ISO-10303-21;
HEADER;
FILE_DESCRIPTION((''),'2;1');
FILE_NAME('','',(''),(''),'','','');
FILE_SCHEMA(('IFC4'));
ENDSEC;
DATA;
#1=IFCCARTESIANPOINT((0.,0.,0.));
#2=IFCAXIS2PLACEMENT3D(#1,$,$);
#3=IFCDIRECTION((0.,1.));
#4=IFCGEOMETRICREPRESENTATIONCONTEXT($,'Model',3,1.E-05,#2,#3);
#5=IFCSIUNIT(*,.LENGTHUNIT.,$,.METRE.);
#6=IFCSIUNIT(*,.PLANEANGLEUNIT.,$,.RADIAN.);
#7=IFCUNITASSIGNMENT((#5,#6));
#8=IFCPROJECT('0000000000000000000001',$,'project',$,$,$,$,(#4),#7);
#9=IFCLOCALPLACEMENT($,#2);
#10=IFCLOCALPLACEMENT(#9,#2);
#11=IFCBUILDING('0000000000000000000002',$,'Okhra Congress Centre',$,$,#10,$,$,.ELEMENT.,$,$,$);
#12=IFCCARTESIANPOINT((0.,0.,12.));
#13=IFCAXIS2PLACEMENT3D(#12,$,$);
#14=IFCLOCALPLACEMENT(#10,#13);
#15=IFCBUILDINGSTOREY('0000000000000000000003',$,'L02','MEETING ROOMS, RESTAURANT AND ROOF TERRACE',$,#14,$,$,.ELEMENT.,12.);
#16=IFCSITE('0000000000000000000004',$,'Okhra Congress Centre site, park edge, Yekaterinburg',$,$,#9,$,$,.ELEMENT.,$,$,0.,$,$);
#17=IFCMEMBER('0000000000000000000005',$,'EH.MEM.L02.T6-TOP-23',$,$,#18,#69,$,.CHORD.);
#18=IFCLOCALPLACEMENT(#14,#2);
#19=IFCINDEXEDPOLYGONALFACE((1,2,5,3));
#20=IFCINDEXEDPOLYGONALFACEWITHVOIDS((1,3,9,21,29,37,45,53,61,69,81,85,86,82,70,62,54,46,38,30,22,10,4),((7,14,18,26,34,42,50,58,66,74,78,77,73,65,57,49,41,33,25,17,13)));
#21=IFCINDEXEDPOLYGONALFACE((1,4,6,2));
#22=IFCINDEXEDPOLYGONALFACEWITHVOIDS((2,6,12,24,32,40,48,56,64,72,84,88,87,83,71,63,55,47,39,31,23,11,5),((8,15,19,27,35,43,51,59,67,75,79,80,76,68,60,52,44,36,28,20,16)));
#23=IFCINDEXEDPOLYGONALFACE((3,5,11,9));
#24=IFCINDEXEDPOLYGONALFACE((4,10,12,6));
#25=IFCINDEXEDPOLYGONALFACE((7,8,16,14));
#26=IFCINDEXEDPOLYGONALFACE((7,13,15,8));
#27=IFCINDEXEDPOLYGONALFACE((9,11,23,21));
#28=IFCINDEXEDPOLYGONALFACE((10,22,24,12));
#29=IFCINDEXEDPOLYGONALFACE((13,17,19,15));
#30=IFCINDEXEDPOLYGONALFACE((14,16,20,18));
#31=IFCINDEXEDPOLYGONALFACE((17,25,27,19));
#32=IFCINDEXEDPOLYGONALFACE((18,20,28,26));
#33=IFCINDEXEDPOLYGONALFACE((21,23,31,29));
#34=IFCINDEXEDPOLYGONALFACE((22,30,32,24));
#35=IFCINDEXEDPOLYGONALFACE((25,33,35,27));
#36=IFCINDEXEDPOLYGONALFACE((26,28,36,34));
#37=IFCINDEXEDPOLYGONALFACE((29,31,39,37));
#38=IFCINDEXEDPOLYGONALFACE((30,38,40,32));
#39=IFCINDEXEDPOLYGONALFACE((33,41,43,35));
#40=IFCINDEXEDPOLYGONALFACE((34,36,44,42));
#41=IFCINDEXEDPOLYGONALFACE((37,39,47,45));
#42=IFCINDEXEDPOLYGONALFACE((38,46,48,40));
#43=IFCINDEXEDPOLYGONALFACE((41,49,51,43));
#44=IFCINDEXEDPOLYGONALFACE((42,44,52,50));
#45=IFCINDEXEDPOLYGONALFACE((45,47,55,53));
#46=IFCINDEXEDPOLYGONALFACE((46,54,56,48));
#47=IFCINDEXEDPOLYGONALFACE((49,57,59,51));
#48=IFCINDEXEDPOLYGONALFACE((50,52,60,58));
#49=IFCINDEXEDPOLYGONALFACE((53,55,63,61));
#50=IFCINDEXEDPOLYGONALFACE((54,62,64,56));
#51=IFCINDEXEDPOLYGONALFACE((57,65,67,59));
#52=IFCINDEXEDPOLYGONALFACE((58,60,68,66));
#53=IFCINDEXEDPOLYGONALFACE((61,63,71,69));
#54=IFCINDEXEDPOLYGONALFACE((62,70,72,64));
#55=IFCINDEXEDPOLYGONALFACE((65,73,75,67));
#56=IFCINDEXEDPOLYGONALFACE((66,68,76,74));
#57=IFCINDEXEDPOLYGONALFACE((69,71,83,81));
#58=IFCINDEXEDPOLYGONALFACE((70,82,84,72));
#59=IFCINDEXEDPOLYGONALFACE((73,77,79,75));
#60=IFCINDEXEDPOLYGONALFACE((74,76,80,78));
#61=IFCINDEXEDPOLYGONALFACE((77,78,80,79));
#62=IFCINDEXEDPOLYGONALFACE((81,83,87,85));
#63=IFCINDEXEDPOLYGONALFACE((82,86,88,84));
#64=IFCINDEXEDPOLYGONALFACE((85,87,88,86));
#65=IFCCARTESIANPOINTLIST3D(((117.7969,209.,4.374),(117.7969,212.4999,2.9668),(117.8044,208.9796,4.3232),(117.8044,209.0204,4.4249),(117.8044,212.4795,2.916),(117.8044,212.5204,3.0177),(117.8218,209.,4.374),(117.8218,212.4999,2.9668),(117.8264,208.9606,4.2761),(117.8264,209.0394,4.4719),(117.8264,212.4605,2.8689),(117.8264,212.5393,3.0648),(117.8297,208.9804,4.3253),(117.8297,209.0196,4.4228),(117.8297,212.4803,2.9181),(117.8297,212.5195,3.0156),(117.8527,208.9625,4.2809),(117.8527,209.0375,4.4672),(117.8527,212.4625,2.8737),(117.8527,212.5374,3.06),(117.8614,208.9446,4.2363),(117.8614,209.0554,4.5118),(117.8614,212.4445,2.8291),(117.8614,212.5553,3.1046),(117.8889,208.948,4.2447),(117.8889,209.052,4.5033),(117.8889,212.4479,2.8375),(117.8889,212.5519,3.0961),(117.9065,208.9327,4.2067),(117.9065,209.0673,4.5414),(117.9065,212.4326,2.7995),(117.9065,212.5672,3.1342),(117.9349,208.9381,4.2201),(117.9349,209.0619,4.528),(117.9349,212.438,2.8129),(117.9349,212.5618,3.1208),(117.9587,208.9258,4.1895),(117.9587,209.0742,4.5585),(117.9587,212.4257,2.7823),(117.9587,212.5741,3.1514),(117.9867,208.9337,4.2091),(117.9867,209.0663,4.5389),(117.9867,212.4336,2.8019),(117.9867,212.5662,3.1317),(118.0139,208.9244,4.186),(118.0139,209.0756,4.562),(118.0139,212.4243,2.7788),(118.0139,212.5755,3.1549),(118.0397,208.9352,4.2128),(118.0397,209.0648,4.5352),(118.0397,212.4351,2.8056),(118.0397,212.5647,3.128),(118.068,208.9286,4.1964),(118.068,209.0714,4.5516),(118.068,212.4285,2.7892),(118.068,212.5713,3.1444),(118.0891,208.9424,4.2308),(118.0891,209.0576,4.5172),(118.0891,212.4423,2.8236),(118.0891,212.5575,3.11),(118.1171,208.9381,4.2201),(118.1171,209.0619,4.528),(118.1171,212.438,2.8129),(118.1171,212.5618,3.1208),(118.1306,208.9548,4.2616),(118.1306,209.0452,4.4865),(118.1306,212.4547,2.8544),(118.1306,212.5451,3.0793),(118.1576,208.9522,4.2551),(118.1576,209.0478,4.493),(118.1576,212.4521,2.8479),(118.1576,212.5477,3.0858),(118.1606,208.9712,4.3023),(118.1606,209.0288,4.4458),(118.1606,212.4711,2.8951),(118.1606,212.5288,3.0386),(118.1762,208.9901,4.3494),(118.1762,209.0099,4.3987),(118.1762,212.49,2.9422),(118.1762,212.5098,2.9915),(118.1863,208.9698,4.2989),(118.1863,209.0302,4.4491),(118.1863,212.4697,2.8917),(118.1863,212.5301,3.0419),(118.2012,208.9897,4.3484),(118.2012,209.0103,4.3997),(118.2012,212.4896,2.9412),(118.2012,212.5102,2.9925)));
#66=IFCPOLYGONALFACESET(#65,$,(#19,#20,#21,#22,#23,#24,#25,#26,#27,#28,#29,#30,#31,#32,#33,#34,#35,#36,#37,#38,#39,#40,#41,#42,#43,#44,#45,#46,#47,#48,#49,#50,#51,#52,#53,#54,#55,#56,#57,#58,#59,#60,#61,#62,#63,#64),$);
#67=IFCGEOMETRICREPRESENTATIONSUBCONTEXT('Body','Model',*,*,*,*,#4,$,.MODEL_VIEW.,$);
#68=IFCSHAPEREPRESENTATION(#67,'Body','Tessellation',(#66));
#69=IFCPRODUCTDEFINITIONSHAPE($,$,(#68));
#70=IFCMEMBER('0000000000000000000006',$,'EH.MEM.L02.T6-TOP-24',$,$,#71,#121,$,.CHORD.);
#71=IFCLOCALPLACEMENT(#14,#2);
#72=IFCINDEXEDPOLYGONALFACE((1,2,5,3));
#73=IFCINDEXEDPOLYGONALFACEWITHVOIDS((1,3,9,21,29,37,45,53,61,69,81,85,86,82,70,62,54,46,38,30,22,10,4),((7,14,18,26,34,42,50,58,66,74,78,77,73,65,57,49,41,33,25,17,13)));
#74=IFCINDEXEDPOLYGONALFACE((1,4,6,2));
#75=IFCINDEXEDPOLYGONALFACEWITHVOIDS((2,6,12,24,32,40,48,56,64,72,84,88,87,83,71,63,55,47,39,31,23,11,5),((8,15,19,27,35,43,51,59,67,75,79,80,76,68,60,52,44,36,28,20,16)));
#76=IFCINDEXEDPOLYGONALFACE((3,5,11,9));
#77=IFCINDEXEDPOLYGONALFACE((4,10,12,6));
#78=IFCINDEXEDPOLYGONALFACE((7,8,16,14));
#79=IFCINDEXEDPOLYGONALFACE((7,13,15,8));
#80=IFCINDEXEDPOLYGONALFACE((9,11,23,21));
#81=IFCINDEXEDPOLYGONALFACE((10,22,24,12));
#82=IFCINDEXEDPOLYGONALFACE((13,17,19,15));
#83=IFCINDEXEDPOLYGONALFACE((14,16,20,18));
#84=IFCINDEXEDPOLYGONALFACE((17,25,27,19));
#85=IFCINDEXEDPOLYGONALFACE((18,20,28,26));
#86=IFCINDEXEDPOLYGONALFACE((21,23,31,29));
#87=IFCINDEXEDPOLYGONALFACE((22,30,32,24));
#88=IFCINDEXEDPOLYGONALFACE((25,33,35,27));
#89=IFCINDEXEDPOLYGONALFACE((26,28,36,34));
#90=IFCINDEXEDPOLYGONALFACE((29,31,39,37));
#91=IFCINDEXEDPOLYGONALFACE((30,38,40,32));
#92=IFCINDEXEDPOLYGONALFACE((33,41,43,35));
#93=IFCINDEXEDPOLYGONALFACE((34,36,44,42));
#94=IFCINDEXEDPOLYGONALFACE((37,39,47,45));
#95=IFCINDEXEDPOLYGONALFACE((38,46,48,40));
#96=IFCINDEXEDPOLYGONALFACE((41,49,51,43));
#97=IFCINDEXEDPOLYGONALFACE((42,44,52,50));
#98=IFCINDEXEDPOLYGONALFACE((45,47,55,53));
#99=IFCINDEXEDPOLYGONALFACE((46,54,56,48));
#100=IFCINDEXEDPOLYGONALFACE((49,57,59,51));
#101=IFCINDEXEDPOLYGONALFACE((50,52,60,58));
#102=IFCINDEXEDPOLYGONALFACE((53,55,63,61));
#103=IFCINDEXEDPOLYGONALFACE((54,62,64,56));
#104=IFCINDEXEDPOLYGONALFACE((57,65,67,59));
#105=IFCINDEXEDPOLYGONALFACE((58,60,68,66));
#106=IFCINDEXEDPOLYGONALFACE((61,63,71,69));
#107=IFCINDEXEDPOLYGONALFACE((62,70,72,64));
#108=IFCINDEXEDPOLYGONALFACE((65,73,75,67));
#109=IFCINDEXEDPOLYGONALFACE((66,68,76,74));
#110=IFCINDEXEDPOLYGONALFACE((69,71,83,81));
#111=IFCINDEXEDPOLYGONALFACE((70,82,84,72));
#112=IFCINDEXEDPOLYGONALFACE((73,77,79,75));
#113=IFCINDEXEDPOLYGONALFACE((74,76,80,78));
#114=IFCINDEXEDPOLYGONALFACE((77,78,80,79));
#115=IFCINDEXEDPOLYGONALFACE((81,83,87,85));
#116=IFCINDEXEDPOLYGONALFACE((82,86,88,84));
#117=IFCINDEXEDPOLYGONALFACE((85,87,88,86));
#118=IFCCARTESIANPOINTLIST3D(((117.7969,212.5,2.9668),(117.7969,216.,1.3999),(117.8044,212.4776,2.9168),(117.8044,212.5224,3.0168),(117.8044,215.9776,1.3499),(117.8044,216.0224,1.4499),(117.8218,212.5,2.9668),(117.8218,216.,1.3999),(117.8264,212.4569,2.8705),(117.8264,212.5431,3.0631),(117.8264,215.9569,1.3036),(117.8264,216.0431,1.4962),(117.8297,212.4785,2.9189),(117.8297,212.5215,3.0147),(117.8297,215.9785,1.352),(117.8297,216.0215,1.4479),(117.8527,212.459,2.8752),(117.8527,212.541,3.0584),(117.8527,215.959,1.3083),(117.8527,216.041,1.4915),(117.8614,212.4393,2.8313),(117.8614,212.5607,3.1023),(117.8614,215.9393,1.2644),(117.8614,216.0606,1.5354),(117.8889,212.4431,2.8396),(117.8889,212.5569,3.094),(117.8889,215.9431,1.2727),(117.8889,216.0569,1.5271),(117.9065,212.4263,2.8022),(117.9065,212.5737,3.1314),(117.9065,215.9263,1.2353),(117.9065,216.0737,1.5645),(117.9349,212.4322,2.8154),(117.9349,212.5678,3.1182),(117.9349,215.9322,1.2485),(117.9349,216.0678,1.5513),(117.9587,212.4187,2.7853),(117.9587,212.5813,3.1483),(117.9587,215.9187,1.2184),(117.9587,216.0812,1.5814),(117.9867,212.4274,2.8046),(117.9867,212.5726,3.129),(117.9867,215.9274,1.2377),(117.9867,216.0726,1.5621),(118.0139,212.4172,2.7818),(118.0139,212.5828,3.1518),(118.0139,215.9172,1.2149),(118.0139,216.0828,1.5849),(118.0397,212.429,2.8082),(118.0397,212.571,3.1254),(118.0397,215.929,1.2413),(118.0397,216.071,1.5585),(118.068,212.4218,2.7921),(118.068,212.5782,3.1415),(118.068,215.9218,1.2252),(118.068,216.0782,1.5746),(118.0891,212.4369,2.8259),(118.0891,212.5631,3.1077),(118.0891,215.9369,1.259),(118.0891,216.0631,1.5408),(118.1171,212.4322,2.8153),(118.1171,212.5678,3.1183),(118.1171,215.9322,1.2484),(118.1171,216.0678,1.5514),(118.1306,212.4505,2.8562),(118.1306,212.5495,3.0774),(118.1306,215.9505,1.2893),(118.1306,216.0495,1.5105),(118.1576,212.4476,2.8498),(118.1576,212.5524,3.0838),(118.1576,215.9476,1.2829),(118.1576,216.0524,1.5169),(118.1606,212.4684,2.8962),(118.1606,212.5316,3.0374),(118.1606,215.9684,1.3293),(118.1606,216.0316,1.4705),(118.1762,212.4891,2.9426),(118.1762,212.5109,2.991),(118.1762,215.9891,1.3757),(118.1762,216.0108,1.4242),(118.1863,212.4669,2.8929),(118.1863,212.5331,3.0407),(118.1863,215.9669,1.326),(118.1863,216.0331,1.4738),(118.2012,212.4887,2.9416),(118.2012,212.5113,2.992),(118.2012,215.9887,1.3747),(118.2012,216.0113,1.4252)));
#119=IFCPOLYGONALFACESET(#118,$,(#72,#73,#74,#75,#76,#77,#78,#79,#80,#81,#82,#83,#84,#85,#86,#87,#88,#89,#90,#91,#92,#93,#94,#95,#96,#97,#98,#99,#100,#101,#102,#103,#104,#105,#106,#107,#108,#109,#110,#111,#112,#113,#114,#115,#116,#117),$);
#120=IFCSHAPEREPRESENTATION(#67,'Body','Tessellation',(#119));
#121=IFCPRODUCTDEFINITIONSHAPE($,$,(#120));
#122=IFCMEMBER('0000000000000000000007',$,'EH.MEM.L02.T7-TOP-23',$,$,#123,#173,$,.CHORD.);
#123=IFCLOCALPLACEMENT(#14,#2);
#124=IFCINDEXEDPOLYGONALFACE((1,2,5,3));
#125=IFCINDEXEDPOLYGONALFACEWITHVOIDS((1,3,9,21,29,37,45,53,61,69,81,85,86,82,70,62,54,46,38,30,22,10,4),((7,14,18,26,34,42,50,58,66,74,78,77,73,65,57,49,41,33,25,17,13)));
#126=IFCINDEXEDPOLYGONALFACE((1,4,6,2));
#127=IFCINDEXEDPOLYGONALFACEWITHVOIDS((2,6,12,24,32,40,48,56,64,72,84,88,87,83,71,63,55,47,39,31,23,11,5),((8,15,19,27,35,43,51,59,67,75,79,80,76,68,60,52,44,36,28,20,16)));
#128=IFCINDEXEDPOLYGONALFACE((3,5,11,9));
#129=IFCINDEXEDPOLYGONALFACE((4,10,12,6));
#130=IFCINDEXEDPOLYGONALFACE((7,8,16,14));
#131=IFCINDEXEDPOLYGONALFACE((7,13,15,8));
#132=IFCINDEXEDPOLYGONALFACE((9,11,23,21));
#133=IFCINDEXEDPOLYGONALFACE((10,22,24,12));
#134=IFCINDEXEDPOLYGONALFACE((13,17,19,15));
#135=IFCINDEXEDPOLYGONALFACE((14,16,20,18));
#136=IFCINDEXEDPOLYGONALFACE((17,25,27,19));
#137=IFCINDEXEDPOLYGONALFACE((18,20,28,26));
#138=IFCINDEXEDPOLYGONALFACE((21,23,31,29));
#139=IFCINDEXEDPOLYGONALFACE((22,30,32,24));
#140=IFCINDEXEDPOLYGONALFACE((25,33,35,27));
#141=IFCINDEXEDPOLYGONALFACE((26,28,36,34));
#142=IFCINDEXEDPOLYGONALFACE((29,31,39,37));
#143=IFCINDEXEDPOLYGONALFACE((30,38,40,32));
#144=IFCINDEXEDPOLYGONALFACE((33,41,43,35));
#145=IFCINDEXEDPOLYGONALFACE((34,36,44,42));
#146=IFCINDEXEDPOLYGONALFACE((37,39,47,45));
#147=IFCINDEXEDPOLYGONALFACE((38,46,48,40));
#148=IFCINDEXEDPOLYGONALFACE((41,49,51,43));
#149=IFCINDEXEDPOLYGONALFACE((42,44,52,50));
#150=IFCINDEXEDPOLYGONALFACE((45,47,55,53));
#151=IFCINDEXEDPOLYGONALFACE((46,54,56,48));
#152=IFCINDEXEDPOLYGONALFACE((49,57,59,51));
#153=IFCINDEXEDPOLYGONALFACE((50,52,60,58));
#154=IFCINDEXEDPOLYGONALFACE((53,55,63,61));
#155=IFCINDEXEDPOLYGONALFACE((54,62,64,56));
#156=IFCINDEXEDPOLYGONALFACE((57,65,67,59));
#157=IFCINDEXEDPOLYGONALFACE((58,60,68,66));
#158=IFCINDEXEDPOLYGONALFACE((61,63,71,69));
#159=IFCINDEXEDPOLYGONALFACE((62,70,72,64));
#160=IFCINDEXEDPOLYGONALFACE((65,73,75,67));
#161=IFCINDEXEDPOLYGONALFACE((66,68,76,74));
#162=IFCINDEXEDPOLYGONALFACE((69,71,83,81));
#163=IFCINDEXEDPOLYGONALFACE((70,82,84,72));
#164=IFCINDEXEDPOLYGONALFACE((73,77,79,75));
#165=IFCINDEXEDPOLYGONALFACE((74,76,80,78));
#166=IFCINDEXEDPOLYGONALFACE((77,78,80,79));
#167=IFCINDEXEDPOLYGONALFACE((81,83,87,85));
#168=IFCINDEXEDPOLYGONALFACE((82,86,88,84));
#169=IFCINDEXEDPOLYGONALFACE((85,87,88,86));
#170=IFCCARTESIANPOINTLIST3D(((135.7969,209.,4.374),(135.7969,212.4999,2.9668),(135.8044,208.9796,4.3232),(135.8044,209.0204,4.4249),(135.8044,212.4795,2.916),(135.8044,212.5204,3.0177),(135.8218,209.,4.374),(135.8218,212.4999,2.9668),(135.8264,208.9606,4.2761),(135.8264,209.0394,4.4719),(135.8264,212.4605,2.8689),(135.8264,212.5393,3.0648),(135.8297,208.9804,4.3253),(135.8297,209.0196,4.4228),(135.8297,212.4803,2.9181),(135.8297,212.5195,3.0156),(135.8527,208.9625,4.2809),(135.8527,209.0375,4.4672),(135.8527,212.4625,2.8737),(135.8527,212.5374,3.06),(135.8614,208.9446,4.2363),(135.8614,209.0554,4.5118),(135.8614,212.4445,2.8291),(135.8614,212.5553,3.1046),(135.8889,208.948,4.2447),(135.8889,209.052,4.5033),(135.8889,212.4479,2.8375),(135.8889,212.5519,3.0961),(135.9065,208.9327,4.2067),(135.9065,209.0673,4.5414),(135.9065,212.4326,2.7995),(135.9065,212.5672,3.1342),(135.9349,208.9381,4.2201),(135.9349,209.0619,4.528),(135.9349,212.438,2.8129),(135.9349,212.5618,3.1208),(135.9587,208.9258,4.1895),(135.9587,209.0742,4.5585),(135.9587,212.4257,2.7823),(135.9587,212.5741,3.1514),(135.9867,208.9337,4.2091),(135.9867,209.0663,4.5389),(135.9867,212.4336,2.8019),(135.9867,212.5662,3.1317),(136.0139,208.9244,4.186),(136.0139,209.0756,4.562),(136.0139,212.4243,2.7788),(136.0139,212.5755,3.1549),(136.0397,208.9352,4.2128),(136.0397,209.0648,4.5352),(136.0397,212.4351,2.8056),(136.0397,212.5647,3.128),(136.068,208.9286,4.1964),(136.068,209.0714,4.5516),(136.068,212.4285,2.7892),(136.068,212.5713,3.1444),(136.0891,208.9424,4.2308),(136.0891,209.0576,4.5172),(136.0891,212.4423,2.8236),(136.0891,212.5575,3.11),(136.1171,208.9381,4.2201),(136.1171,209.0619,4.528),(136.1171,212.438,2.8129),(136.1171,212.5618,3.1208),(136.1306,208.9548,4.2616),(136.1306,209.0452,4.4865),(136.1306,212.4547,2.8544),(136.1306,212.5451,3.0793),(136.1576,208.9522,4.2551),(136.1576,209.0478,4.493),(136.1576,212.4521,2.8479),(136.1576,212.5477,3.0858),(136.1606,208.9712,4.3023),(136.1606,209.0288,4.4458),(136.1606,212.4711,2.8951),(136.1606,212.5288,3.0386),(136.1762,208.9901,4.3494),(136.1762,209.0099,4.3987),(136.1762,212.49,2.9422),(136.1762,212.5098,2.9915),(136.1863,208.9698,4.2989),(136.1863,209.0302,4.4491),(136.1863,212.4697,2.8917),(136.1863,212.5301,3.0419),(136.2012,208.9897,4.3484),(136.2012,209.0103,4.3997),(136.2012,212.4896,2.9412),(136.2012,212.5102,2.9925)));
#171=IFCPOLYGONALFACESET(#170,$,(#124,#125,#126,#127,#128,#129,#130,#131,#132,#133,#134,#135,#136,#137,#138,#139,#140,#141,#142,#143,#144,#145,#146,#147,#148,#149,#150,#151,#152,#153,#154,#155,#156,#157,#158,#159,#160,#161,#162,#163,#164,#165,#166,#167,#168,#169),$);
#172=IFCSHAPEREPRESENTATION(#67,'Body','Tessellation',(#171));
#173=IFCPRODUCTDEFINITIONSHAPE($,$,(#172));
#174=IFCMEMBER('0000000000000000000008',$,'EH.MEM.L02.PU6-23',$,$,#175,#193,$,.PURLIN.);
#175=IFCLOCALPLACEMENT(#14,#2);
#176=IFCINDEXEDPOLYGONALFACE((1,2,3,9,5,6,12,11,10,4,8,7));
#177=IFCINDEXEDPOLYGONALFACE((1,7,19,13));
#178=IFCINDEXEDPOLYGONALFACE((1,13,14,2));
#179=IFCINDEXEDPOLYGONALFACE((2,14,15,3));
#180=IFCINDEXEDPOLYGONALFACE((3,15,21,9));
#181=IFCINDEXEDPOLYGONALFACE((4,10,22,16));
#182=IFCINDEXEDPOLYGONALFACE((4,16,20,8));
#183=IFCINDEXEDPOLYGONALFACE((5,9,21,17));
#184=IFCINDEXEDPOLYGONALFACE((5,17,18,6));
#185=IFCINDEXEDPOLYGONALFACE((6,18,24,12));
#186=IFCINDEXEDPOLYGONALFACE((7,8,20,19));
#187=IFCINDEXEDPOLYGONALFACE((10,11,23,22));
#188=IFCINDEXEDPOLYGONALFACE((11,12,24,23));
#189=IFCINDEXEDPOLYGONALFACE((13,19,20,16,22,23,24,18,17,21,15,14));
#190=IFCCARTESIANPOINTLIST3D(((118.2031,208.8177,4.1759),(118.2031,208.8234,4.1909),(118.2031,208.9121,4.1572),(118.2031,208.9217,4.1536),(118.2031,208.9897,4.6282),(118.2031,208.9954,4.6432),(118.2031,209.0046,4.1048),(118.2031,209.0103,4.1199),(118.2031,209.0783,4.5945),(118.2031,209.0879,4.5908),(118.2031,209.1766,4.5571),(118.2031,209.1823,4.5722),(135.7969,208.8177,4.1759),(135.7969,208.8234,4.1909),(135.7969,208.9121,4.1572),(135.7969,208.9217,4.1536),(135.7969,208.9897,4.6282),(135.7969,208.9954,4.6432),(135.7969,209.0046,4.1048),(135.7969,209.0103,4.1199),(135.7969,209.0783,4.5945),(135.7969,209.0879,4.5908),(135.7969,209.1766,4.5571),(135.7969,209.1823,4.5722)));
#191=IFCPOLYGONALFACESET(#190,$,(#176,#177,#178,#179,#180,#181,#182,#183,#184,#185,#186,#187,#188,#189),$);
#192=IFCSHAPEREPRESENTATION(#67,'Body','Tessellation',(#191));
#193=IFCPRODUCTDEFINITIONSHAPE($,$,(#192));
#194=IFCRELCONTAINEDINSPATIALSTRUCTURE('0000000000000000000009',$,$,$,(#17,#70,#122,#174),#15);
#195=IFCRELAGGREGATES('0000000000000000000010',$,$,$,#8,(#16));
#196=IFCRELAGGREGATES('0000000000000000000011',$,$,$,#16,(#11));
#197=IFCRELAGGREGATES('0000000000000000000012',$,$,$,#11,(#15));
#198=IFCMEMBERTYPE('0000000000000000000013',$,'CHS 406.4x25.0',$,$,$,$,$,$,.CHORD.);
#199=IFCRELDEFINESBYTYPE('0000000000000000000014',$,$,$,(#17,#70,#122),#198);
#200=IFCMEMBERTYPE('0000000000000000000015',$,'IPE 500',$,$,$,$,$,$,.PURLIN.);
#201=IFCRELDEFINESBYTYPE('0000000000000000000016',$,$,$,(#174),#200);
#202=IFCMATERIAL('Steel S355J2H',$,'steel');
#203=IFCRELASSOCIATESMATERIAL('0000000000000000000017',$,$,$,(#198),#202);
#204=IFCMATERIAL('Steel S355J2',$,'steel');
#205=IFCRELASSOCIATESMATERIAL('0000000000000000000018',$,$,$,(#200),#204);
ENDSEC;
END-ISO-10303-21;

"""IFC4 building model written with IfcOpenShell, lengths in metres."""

from ifc_helpers import new_model, si_unit, direction, frame, origin, origin_2d, place, context, subcontext, project, spatial, hollow_circle, i_section, extrude, material, material_profile, profile_set, type_object, element, save


model = new_model("IFC4")

# Units and contexts
model_context = context("Model", 3, precision=1e-05, world=origin(), true_north=direction((0.0, 1.0)))
body_context = subcontext(model_context, "Body", "Model", "MODEL_VIEW")
ifc_project = project(units=[si_unit("LENGTHUNIT", "METRE"), si_unit("PLANEANGLEUNIT", "RADIAN")], contexts=[model_context])

# Site, building, storey
site_placement = place(None, origin())
site = spatial("IfcSite", under=ifc_project, at=site_placement, Name="Okhra Congress Centre site, park edge, Yekaterinburg", CompositionType="ELEMENT", RefElevation=0.0)
building_placement = place(site_placement, origin())
building = spatial("IfcBuilding", under=site, at=building_placement, Name="Okhra Congress Centre", CompositionType="ELEMENT")
storey_placement = place(building_placement, frame((0.0, 0.0, 12.0)))
storey = spatial("IfcBuildingStorey", under=building, at=storey_placement, Name="L02", Description="MEETING ROOMS, RESTAURANT AND ROOF TERRACE", CompositionType="ELEMENT", Elevation=12.0)

# Members
ifc_material_1 = material(Name="Steel S355J2H", Category="steel")
ifc_material_profile_1 = material_profile(ifc_material_1, hollow_circle(Radius=0.2031, WallThickness=0.0249, at=origin_2d()), Name="CHS 406.4x25.0")
ifc_profile_set_1 = profile_set([ifc_material_profile_1], Name="Steel S355J2H")
member_type_1 = type_object("IfcMemberType", Name="CHS 406.4x25.0", PredefinedType="CHORD", material=ifc_profile_set_1)
member_1_placement = place(storey_placement, frame((118.0, 209.0, 4.374), z_axis=(0.0, 0.927815, -0.373042), x_axis=(-1.0, 0.0, 0.0)))
element("IfcMember", 1, at=member_1_placement, inside=storey, type_object=member_type_1, Name="EH.MEM.L02.T6-TOP-23", PredefinedType="CHORD", context=body_context, shape_type="SweptSolid", body=[
    extrude(hollow_circle(Radius=0.2031, WallThickness=0.0249, at=origin_2d()), origin(), (0.0, 0.0, 1.0), 3.7722),
])
member_2_placement = place(storey_placement, frame((118.0, 212.5, 2.9668), z_axis=(0.0, 0.912711, -0.408606), x_axis=(-1.0, 0.0, 0.0)))
element("IfcMember", 2, at=member_2_placement, inside=storey, type_object=member_type_1, Name="EH.MEM.L02.T6-TOP-24", PredefinedType="CHORD", context=body_context, shape_type="SweptSolid", body=[
    extrude(hollow_circle(Radius=0.2031, WallThickness=0.0249, at=origin_2d()), origin(), (0.0, 0.0, 1.0), 3.8347),
])
member_3_placement = place(storey_placement, frame((136.0, 209.0, 4.374), z_axis=(0.0, 0.927815, -0.373042), x_axis=(-1.0, 0.0, 0.0)))
element("IfcMember", 3, at=member_3_placement, inside=storey, type_object=member_type_1, Name="EH.MEM.L02.T7-TOP-23", PredefinedType="CHORD", context=body_context, shape_type="SweptSolid", body=[
    extrude(hollow_circle(Radius=0.2031, WallThickness=0.0249, at=origin_2d()), origin(), (0.0, 0.0, 1.0), 3.7722),
])
ifc_material_2 = material(Name="Steel S355J2", Category="steel")
ifc_material_profile_2 = material_profile(ifc_material_2, i_section(OverallWidth=0.2, OverallDepth=0.5, WebThickness=0.0103, FlangeThickness=0.0161, at=origin_2d()), Name="IPE 500")
ifc_profile_set_2 = profile_set([ifc_material_profile_2], Name="Steel S355J2")
member_type_2 = type_object("IfcMemberType", Name="IPE 500", PredefinedType="PURLIN", material=ifc_profile_set_2)
for number, where, z_axis, x_axis, name in (
    (4, (118.2031, 209.0, 4.374), (1.0, 0.0, 0.0), (0.0, 0.934733, -0.355351), "EH.MEM.L02.PU6-23"),
):
    element("IfcMember", number, at=place(storey_placement, frame(where, z_axis=z_axis, x_axis=x_axis)), inside=storey, type_object=member_type_2, Name=name, PredefinedType="PURLIN", context=body_context, shape_type="SweptSolid", body=[
        extrude(i_section(OverallWidth=0.2, OverallDepth=0.5, WebThickness=0.0103, FlangeThickness=0.0161, at=origin_2d()), origin(), (0.0, 0.0, 1.0), 17.5938),
    ])

save(model, "model.ifc")
